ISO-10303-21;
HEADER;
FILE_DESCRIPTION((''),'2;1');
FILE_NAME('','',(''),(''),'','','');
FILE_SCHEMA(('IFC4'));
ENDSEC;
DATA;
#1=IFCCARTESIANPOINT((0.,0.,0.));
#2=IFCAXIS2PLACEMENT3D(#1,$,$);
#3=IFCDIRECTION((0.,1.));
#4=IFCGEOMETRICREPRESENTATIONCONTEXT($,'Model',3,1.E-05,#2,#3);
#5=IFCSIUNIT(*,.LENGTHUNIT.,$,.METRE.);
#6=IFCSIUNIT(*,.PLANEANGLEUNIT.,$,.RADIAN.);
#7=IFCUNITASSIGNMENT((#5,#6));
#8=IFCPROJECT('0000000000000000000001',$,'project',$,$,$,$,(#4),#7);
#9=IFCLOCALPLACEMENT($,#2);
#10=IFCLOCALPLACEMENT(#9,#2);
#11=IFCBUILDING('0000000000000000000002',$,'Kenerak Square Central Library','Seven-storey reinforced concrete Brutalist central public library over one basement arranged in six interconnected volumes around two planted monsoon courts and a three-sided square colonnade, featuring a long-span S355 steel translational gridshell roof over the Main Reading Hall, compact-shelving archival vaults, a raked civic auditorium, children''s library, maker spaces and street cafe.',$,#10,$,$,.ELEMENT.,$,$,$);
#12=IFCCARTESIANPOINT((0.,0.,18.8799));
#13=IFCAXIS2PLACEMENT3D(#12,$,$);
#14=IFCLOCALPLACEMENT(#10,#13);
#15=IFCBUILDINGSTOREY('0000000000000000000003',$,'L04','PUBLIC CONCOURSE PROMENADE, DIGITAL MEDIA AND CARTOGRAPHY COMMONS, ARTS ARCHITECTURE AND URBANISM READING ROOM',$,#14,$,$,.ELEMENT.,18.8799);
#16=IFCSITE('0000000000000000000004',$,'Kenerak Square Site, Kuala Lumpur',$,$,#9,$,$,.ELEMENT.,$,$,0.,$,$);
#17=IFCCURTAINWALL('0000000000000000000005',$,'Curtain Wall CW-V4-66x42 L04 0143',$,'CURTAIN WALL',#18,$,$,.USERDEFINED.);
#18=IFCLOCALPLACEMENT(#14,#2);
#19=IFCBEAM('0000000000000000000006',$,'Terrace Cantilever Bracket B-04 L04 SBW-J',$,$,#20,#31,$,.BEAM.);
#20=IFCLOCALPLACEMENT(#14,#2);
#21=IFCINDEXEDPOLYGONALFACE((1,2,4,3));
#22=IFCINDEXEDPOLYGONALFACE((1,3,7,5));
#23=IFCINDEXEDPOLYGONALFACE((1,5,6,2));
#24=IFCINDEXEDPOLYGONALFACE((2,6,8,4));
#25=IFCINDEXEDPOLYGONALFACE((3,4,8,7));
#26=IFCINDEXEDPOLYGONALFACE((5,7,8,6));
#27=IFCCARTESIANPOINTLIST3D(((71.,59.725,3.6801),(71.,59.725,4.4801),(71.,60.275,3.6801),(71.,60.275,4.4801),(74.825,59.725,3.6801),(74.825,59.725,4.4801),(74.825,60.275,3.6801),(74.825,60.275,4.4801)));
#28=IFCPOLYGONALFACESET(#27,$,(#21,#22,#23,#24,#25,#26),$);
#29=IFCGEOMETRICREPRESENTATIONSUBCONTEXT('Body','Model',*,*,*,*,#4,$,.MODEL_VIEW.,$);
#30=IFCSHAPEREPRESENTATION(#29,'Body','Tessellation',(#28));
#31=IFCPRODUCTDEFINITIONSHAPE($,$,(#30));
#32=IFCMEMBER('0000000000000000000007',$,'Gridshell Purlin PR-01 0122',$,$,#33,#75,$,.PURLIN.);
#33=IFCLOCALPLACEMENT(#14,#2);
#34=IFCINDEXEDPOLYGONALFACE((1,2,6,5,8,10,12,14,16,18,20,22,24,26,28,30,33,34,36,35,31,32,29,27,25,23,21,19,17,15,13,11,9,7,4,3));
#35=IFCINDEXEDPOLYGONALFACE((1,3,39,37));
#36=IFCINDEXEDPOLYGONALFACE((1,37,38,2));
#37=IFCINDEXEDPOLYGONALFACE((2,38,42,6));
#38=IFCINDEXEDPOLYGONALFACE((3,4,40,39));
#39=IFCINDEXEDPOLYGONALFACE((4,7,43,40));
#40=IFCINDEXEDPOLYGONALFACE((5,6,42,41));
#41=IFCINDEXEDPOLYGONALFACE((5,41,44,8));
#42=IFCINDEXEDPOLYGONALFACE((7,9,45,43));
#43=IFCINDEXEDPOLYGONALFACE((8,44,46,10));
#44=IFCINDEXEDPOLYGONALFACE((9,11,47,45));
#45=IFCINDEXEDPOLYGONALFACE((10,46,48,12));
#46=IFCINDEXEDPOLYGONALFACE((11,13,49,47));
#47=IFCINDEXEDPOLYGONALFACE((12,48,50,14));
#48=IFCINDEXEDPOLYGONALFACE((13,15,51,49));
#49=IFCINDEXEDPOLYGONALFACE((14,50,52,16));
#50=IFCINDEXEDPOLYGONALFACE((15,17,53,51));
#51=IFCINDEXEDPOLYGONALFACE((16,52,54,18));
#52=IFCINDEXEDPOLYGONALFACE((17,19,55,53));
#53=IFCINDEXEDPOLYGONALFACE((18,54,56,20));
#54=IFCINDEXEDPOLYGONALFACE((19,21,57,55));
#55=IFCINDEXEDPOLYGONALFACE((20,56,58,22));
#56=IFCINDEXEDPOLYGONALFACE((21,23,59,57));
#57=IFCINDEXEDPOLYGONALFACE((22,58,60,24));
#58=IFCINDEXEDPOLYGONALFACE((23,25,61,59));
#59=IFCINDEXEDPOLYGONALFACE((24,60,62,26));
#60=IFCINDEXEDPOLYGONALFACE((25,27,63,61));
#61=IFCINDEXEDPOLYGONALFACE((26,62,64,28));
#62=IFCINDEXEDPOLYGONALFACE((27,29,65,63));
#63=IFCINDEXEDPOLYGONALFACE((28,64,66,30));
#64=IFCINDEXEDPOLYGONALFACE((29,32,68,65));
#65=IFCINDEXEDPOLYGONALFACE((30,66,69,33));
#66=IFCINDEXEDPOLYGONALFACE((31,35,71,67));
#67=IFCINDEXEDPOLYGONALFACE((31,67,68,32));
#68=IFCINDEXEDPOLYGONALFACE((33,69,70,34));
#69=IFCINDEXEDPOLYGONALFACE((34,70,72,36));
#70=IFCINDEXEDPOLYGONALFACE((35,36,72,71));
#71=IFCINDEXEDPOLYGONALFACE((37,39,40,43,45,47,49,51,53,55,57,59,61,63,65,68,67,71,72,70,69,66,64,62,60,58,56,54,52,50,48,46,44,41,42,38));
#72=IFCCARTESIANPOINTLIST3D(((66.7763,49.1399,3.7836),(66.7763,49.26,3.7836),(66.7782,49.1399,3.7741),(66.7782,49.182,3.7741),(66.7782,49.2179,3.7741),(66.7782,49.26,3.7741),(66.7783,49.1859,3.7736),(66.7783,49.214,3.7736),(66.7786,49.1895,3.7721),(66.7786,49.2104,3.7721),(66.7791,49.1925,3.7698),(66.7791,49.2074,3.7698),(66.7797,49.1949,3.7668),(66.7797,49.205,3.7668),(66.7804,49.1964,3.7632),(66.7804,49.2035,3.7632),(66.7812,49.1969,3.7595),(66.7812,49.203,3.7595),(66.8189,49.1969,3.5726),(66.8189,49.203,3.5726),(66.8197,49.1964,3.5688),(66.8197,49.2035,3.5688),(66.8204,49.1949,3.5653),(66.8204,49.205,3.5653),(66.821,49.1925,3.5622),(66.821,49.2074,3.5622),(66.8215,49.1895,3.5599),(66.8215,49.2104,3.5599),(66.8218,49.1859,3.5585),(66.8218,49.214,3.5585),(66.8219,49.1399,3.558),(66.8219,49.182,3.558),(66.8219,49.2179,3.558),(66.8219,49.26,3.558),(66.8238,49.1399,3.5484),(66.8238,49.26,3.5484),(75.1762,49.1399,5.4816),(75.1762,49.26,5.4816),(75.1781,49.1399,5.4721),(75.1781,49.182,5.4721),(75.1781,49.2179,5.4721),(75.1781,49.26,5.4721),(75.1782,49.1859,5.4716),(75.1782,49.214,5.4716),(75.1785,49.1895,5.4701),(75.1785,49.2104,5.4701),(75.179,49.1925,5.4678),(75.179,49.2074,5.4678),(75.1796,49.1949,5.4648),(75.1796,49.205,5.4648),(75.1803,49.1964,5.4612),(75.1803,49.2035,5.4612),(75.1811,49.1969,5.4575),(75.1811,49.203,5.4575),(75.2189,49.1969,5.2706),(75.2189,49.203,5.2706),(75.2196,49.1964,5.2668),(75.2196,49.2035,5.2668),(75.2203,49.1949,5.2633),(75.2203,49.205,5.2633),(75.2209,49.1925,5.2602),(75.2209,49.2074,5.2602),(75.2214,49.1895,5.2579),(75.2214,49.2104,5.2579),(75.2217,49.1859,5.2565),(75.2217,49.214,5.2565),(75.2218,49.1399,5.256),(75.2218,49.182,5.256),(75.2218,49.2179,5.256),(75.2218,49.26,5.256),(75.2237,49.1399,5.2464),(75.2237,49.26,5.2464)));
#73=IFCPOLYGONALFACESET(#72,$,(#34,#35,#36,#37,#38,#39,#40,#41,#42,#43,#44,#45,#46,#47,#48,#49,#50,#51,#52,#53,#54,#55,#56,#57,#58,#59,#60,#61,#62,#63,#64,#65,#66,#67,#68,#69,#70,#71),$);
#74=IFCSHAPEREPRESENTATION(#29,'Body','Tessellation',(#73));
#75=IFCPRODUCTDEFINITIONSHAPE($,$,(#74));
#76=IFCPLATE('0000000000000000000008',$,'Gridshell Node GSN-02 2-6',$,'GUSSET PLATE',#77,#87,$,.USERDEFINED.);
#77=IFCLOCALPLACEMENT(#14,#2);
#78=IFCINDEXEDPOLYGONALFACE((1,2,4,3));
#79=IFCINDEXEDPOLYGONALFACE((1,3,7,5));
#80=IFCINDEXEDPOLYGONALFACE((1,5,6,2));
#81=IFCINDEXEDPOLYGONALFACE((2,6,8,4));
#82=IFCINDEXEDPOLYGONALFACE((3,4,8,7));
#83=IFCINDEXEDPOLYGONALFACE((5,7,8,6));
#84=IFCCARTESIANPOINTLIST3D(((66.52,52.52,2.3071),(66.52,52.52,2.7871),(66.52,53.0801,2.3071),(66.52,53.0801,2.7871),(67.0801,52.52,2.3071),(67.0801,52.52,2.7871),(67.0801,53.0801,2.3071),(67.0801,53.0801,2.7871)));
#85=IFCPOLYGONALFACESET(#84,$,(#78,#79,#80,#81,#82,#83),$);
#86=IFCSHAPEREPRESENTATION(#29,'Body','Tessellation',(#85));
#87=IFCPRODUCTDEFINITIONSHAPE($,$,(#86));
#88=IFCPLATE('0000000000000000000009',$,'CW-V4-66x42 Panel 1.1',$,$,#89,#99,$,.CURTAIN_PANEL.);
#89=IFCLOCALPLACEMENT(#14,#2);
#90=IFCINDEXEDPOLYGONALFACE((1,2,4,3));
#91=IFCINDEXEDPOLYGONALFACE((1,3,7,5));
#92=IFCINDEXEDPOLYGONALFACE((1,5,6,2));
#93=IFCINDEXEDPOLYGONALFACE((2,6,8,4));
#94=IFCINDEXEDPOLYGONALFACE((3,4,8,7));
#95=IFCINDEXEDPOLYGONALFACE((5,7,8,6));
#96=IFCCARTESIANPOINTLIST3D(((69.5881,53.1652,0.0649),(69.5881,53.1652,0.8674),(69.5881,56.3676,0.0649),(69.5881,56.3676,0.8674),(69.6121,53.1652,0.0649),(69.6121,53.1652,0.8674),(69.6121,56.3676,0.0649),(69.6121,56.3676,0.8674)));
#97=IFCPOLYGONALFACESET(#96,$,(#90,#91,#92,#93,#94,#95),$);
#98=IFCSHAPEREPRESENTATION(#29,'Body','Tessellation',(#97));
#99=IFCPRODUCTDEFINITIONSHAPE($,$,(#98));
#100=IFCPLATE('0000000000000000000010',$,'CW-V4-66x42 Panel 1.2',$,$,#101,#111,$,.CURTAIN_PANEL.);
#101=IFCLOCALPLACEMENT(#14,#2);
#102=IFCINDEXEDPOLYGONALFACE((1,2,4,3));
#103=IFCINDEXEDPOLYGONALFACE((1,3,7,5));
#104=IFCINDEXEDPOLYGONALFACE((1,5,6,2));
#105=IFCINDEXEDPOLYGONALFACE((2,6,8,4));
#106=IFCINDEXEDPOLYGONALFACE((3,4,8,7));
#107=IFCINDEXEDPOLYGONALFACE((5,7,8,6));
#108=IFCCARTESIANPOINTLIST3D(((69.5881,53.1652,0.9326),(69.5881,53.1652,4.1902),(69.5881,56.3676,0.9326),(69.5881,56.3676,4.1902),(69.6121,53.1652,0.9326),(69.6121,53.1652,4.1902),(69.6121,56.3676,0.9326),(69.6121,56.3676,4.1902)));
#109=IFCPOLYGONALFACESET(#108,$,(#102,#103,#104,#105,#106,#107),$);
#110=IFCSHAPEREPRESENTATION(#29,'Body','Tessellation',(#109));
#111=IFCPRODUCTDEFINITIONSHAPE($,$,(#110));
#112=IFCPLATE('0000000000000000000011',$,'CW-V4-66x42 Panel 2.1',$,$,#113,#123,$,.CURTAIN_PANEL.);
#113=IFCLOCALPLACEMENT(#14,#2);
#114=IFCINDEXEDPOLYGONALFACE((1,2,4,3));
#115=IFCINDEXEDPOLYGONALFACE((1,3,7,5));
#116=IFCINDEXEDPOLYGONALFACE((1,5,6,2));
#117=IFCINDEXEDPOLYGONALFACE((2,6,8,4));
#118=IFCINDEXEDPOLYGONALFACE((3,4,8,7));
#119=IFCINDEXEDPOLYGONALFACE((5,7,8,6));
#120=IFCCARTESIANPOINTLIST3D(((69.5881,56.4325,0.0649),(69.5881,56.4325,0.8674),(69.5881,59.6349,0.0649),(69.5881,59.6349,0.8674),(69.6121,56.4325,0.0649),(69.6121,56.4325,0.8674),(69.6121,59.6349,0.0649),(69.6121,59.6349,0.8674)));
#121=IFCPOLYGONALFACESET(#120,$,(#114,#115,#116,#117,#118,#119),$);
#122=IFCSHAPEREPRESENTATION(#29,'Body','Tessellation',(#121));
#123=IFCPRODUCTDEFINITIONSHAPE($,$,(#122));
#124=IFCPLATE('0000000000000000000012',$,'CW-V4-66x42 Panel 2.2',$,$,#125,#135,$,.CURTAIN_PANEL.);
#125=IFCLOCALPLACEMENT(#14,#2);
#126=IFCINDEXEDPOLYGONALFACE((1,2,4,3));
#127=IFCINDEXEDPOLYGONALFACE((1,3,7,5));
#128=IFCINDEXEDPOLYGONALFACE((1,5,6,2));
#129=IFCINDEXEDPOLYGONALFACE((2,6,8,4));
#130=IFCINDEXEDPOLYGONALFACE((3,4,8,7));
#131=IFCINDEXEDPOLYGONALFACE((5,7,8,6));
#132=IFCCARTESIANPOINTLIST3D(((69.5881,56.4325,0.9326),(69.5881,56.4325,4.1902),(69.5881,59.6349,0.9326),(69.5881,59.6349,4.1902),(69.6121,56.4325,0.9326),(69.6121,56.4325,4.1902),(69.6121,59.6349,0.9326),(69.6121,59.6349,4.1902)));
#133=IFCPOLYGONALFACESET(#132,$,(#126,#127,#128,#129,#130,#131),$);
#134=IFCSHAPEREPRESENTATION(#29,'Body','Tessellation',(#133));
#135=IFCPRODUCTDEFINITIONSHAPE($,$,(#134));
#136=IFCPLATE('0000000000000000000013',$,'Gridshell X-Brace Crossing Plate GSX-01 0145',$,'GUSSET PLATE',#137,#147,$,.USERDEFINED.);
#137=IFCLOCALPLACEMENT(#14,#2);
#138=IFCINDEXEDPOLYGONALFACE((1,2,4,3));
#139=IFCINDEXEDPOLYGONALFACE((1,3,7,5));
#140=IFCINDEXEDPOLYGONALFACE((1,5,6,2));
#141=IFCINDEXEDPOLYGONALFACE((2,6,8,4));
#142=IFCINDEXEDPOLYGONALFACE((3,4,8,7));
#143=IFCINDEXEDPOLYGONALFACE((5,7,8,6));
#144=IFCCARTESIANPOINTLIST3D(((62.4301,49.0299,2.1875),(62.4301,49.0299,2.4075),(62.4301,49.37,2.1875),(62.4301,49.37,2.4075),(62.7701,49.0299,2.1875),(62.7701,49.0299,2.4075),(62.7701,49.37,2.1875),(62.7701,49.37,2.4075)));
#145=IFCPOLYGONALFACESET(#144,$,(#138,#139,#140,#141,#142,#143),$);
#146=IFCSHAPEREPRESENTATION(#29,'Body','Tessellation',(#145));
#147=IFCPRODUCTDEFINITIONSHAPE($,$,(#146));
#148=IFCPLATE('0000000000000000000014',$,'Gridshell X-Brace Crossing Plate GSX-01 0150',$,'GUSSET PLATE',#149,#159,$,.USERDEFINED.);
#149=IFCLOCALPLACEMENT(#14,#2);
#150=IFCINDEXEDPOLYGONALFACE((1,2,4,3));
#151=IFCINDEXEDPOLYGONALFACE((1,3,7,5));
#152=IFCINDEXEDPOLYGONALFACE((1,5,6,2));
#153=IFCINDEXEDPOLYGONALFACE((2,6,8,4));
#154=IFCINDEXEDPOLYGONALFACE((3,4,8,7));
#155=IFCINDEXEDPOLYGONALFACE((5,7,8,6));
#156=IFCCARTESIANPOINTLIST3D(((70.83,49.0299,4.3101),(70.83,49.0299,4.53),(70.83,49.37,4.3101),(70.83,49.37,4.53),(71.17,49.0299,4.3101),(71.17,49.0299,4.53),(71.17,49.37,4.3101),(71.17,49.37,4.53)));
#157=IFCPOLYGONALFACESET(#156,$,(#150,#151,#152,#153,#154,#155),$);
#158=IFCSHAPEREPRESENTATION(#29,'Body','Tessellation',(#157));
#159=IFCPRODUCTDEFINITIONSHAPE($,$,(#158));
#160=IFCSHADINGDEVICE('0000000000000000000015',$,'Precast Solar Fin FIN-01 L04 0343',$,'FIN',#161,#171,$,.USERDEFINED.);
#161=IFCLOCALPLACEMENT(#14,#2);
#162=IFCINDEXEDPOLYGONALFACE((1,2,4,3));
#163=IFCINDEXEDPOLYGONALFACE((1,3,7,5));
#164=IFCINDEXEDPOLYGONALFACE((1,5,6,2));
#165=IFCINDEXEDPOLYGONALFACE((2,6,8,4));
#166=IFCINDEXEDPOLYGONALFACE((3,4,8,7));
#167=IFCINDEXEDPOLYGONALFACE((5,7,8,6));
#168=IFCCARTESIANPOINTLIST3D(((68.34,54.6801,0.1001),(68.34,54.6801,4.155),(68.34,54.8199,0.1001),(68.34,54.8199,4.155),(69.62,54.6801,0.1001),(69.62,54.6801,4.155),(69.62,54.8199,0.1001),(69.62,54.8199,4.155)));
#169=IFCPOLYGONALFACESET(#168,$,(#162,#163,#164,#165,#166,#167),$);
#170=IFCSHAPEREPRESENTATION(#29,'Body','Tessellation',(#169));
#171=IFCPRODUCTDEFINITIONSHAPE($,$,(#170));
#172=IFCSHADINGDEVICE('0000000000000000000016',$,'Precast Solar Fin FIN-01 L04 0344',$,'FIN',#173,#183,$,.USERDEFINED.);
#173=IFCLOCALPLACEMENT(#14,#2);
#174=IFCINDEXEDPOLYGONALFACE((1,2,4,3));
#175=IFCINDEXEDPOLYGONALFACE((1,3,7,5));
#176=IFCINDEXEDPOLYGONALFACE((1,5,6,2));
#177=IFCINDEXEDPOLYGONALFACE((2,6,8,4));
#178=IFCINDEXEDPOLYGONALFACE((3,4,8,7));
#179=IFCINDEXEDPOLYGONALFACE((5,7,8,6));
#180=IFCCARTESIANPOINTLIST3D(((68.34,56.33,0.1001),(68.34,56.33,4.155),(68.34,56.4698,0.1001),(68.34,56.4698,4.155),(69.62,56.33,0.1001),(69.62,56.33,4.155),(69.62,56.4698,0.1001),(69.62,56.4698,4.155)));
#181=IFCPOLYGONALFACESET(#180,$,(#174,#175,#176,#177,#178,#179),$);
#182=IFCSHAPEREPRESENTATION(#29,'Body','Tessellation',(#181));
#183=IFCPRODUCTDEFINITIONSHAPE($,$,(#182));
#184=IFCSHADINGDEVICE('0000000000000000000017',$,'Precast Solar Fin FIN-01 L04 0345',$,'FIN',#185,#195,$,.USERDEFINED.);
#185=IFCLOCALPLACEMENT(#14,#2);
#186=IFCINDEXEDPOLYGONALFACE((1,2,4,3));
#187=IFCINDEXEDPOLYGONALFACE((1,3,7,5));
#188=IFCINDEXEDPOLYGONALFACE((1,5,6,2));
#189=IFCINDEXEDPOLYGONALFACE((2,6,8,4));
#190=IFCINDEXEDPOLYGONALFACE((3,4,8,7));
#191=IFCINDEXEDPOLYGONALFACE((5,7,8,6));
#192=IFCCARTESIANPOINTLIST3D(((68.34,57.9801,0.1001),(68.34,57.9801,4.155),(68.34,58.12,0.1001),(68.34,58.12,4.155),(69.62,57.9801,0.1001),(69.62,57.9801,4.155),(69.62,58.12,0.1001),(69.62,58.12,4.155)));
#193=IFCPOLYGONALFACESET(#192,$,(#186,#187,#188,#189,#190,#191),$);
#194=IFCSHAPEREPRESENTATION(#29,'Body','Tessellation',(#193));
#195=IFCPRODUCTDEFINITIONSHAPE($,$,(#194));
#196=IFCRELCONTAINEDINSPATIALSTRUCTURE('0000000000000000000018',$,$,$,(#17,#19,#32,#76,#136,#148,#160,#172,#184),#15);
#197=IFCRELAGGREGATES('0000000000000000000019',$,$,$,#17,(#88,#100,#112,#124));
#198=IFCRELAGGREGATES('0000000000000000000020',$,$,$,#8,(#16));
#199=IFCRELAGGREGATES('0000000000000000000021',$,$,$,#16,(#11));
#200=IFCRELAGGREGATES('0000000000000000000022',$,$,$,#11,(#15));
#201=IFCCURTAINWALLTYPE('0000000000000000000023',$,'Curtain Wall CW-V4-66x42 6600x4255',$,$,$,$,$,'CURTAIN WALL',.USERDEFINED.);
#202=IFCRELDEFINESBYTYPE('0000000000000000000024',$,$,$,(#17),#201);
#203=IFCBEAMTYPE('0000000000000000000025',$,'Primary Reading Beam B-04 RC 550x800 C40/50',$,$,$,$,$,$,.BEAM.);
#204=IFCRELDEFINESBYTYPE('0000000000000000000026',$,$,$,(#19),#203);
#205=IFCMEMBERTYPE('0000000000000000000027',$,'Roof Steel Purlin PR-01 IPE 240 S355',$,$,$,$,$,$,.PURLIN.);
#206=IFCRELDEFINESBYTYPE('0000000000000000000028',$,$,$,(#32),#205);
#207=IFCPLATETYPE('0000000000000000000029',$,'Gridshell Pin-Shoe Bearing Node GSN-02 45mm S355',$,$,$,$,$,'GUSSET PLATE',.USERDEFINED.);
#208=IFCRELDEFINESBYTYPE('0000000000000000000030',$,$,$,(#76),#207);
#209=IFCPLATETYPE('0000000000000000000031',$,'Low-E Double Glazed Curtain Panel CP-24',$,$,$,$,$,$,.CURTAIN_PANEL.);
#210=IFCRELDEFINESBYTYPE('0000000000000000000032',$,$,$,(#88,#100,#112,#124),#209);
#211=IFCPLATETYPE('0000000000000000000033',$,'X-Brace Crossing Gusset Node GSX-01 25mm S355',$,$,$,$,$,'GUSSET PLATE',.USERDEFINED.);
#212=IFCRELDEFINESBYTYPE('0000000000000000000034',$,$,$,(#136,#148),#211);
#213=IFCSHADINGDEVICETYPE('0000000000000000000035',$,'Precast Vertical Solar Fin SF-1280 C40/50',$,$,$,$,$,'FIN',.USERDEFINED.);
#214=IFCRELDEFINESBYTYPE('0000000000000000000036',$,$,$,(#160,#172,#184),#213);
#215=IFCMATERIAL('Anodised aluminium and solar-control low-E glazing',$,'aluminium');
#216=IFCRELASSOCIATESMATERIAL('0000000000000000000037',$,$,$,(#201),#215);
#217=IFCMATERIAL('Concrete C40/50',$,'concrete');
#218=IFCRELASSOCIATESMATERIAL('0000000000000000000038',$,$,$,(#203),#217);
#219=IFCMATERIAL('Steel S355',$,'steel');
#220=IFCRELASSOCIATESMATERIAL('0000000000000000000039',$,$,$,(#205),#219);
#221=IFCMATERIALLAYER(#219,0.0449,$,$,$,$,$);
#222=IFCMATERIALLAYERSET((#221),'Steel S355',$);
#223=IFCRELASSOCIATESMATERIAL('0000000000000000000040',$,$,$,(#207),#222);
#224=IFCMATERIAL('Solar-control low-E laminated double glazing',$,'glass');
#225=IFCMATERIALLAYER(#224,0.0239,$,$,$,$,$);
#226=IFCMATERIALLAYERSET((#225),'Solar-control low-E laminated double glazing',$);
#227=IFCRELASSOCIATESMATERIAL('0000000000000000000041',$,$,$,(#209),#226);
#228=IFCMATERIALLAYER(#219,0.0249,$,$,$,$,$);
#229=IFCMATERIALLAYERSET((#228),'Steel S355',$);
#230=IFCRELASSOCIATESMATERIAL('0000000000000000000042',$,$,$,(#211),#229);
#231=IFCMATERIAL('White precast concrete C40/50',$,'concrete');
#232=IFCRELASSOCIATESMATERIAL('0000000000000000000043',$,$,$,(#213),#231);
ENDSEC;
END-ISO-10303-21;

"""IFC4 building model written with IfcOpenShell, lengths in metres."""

from ifc_helpers import new_model, si_unit, direction, frame, origin, origin_2d, place, context, subcontext, project, spatial, rectangle, i_section, extrude, material, layer, layer_set, material_profile, profile_set, type_object, element, aggregate, save


model = new_model("IFC4")

# Units and contexts
model_context = context("Model", 3, precision=1e-05, world=origin(), true_north=direction((0.0, 1.0)))
body_context = subcontext(model_context, "Body", "Model", "MODEL_VIEW")
ifc_project = project(units=[si_unit("LENGTHUNIT", "METRE"), si_unit("PLANEANGLEUNIT", "RADIAN")], contexts=[model_context])

# Site, building, storey
site_placement = place(None, origin())
site = spatial("IfcSite", under=ifc_project, at=site_placement, Name="Kenerak Square Site, Kuala Lumpur", CompositionType="ELEMENT", RefElevation=0.0)
building_placement = place(site_placement, origin())
building = spatial("IfcBuilding", under=site, at=building_placement, Name="Kenerak Square Central Library", Description="Seven-storey reinforced concrete Brutalist central public library over one basement arranged in six interconnected volumes around two planted monsoon courts and a three-sided square colonnade, featuring a long-span S355 steel translational gridshell roof over the Main Reading Hall, compact-shelving archival vaults, a raked civic auditorium, children's library, maker spaces and street cafe.", CompositionType="ELEMENT")
storey_placement = place(building_placement, frame((0.0, 0.0, 18.8799)))
storey = spatial("IfcBuildingStorey", under=building, at=storey_placement, Name="L04", Description="PUBLIC CONCOURSE PROMENADE, DIGITAL MEDIA AND CARTOGRAPHY COMMONS, ARTS ARCHITECTURE AND URBANISM READING ROOM", CompositionType="ELEMENT", Elevation=18.8799)

# Shared definitions
ifc_material_1 = material(Name="Concrete C40/50", Category="concrete")

# Curtain wall
ifc_material_2 = material(Name="Anodised aluminium and solar-control low-E glazing", Category="aluminium")
curtain_wall_type = type_object("IfcCurtainWallType", Name="Curtain Wall CW-V4-66x42 6600x4255", ElementType="CURTAIN WALL", PredefinedType="USERDEFINED", material=ifc_material_2)
curtain_wall_placement = place(storey_placement, origin())
curtain_wall = element("IfcCurtainWall", 1, at=curtain_wall_placement, inside=storey, type_object=curtain_wall_type, Name="Curtain Wall CW-V4-66x42 L04 0143", ObjectType="CURTAIN WALL", PredefinedType="USERDEFINED")

# Shared definitions
ifc_material_3 = material(Name="Steel S355", Category="steel")

# Beam
ifc_material_profile_1 = material_profile(ifc_material_1, rectangle(XDim=0.55, YDim=0.8, at=origin_2d()), Name="RC 550x800")
ifc_profile_set_1 = profile_set([ifc_material_profile_1], Name="Concrete C40/50")
beam_type_1 = type_object("IfcBeamType", Name="Primary Reading Beam B-04 RC 550x800 C40/50", PredefinedType="BEAM", material=ifc_profile_set_1)
beam_1_placement = place(storey_placement, frame((71.0, 60.0, 4.0801), z_axis=(1.0, 0.0, 0.0), x_axis=(0.0, 1.0, 0.0)))
element("IfcBeam", 2, at=beam_1_placement, inside=storey, type_object=beam_type_1, Name="Terrace Cantilever Bracket B-04 L04 SBW-J", PredefinedType="BEAM", context=body_context, shape_type="SweptSolid", body=[
    extrude(rectangle(XDim=0.55, YDim=0.8, at=origin_2d()), origin(), (0.0, 0.0, 1.0), 3.825),
])

# Member
ifc_material_profile_2 = material_profile(ifc_material_3, i_section(OverallWidth=0.1201, OverallDepth=0.24, WebThickness=0.0061, FlangeThickness=0.0098, FilletRadius=0.0149, at=origin_2d()), Name="IPE 240")
ifc_profile_set_2 = profile_set([ifc_material_profile_2], Name="Steel S355")
member_type_1 = type_object("IfcMemberType", Name="Roof Steel Purlin PR-01 IPE 240 S355", PredefinedType="PURLIN", material=ifc_profile_set_2)
member_1_placement = place(storey_placement, frame((66.8, 49.2, 3.666), z_axis=(0.980174, 0.0, 0.198137), x_axis=(0.0, 1.0, 0.0)))
element("IfcMember", 3, at=member_1_placement, inside=storey, type_object=member_type_1, Name="Gridshell Purlin PR-01 0122", PredefinedType="PURLIN", context=body_context, shape_type="SweptSolid", body=[
    extrude(i_section(OverallWidth=0.1201, OverallDepth=0.24, WebThickness=0.0061, FlangeThickness=0.0098, FilletRadius=0.0149, at=origin_2d()), origin(), (0.0, 0.0, 1.0), 8.5698),
])

# Plates
ifc_layer_1 = layer(ifc_material_3, 0.0449)
ifc_layer_set_1 = layer_set([ifc_layer_1], Name="Steel S355")
plate_type_1 = type_object("IfcPlateType", Name="Gridshell Pin-Shoe Bearing Node GSN-02 45mm S355", ElementType="GUSSET PLATE", PredefinedType="USERDEFINED", material=ifc_layer_set_1)
plate_1_placement = place(storey_placement, frame((66.8, 52.8, 2.3071), z_axis=(0.0, 0.0, 1.0), x_axis=(1.0, 0.0, 0.0)))
element("IfcPlate", 4, at=plate_1_placement, inside=storey, type_object=plate_type_1, Name="Gridshell Node GSN-02 2-6", ObjectType="GUSSET PLATE", PredefinedType="USERDEFINED", context=body_context, shape_type="SweptSolid", body=[
    extrude(rectangle(XDim=0.5601, YDim=0.5601, at=origin_2d()), origin(), (0.0, 0.0, 1.0), 0.48),
])
ifc_material_4 = material(Name="Solar-control low-E laminated double glazing", Category="glass")
ifc_layer_2 = layer(ifc_material_4, 0.0239)
ifc_layer_set_2 = layer_set([ifc_layer_2], Name="Solar-control low-E laminated double glazing")
plate_type_2 = type_object("IfcPlateType", Name="Low-E Double Glazed Curtain Panel CP-24", PredefinedType="CURTAIN_PANEL", material=ifc_layer_set_2)
plate_2_placement = place(storey_placement, frame((69.6001, 54.7664, 0.0649), z_axis=(0.0, 0.0, 1.0), x_axis=(0.0, 1.0, 0.0)))
plate_2 = element("IfcPlate", 5, at=plate_2_placement, type_object=plate_type_2, Name="CW-V4-66x42 Panel 1.1", PredefinedType="CURTAIN_PANEL", context=body_context, shape_type="SweptSolid", body=[
    extrude(rectangle(XDim=3.2024, YDim=0.0239, at=origin_2d()), origin(), (0.0, 0.0, 1.0), 0.8025),
])
plate_3_placement = place(storey_placement, frame((69.6001, 54.7664, 0.9326), z_axis=(0.0, 0.0, 1.0), x_axis=(0.0, 1.0, 0.0)))
plate_3 = element("IfcPlate", 6, at=plate_3_placement, type_object=plate_type_2, Name="CW-V4-66x42 Panel 1.2", PredefinedType="CURTAIN_PANEL", context=body_context, shape_type="SweptSolid", body=[
    extrude(rectangle(XDim=3.2024, YDim=0.0239, at=origin_2d()), origin(), (0.0, 0.0, 1.0), 3.2576),
])
plate_4_placement = place(storey_placement, frame((69.6001, 58.0337, 0.0649), z_axis=(0.0, 0.0, 1.0), x_axis=(0.0, 1.0, 0.0)))
plate_4 = element("IfcPlate", 7, at=plate_4_placement, type_object=plate_type_2, Name="CW-V4-66x42 Panel 2.1", PredefinedType="CURTAIN_PANEL", context=body_context, shape_type="SweptSolid", body=[
    extrude(rectangle(XDim=3.2024, YDim=0.0239, at=origin_2d()), origin(), (0.0, 0.0, 1.0), 0.8025),
])
plate_5_placement = place(storey_placement, frame((69.6001, 58.0337, 0.9326), z_axis=(0.0, 0.0, 1.0), x_axis=(0.0, 1.0, 0.0)))
plate_5 = element("IfcPlate", 8, at=plate_5_placement, type_object=plate_type_2, Name="CW-V4-66x42 Panel 2.2", PredefinedType="CURTAIN_PANEL", context=body_context, shape_type="SweptSolid", body=[
    extrude(rectangle(XDim=3.2024, YDim=0.0239, at=origin_2d()), origin(), (0.0, 0.0, 1.0), 3.2576),
])
aggregate(curtain_wall, [plate_2, plate_3, plate_4, plate_5])

# Plates
ifc_layer_3 = layer(ifc_material_3, 0.0249)
ifc_layer_set_3 = layer_set([ifc_layer_3], Name="Steel S355")
plate_type_3 = type_object("IfcPlateType", Name="X-Brace Crossing Gusset Node GSX-01 25mm S355", ElementType="GUSSET PLATE", PredefinedType="USERDEFINED", material=ifc_layer_set_3)
for number, where, z_axis, x_axis, name in (
    (9, (62.6001, 49.2, 2.1875), (0.0, 0.0, 1.0), (1.0, 0.0, 0.0), "Gridshell X-Brace Crossing Plate GSX-01 0145"),
    (10, (71.0, 49.2, 4.3101), (0.0, 0.0, 1.0), (1.0, 0.0, 0.0), "Gridshell X-Brace Crossing Plate GSX-01 0150"),
):
    element("IfcPlate", number, at=place(storey_placement, frame(where, z_axis=z_axis, x_axis=x_axis)), inside=storey, type_object=plate_type_3, Name=name, ObjectType="GUSSET PLATE", PredefinedType="USERDEFINED", context=body_context, shape_type="SweptSolid", body=[
        extrude(rectangle(XDim=0.3401, YDim=0.3401, at=origin_2d()), origin(), (0.0, 0.0, 1.0), 0.22),
    ])

# Shading devices
ifc_material_5 = material(Name="White precast concrete C40/50", Category="concrete")
shading_device_type = type_object("IfcShadingDeviceType", Name="Precast Vertical Solar Fin SF-1280 C40/50", ElementType="FIN", PredefinedType="USERDEFINED", material=ifc_material_5)
for number, where, z_axis, x_axis, name in (
    (11, (68.98, 54.75, 0.1001), (0.0, 0.0, 1.0), (0.0, 1.0, 0.0), "Precast Solar Fin FIN-01 L04 0343"),
    (12, (68.98, 56.3999, 0.1001), (0.0, 0.0, 1.0), (0.0, 1.0, 0.0), "Precast Solar Fin FIN-01 L04 0344"),
    (13, (68.98, 58.05, 0.1001), (0.0, 0.0, 1.0), (0.0, 1.0, 0.0), "Precast Solar Fin FIN-01 L04 0345"),
):
    element("IfcShadingDevice", number, at=place(storey_placement, frame(where, z_axis=z_axis, x_axis=x_axis)), inside=storey, type_object=shading_device_type, Name=name, ObjectType="FIN", PredefinedType="USERDEFINED", context=body_context, shape_type="SweptSolid", body=[
        extrude(rectangle(XDim=0.1399, YDim=1.28, at=origin_2d()), origin(), (0.0, 0.0, 1.0), 4.0549),
    ])

save(model, "model.ifc")
